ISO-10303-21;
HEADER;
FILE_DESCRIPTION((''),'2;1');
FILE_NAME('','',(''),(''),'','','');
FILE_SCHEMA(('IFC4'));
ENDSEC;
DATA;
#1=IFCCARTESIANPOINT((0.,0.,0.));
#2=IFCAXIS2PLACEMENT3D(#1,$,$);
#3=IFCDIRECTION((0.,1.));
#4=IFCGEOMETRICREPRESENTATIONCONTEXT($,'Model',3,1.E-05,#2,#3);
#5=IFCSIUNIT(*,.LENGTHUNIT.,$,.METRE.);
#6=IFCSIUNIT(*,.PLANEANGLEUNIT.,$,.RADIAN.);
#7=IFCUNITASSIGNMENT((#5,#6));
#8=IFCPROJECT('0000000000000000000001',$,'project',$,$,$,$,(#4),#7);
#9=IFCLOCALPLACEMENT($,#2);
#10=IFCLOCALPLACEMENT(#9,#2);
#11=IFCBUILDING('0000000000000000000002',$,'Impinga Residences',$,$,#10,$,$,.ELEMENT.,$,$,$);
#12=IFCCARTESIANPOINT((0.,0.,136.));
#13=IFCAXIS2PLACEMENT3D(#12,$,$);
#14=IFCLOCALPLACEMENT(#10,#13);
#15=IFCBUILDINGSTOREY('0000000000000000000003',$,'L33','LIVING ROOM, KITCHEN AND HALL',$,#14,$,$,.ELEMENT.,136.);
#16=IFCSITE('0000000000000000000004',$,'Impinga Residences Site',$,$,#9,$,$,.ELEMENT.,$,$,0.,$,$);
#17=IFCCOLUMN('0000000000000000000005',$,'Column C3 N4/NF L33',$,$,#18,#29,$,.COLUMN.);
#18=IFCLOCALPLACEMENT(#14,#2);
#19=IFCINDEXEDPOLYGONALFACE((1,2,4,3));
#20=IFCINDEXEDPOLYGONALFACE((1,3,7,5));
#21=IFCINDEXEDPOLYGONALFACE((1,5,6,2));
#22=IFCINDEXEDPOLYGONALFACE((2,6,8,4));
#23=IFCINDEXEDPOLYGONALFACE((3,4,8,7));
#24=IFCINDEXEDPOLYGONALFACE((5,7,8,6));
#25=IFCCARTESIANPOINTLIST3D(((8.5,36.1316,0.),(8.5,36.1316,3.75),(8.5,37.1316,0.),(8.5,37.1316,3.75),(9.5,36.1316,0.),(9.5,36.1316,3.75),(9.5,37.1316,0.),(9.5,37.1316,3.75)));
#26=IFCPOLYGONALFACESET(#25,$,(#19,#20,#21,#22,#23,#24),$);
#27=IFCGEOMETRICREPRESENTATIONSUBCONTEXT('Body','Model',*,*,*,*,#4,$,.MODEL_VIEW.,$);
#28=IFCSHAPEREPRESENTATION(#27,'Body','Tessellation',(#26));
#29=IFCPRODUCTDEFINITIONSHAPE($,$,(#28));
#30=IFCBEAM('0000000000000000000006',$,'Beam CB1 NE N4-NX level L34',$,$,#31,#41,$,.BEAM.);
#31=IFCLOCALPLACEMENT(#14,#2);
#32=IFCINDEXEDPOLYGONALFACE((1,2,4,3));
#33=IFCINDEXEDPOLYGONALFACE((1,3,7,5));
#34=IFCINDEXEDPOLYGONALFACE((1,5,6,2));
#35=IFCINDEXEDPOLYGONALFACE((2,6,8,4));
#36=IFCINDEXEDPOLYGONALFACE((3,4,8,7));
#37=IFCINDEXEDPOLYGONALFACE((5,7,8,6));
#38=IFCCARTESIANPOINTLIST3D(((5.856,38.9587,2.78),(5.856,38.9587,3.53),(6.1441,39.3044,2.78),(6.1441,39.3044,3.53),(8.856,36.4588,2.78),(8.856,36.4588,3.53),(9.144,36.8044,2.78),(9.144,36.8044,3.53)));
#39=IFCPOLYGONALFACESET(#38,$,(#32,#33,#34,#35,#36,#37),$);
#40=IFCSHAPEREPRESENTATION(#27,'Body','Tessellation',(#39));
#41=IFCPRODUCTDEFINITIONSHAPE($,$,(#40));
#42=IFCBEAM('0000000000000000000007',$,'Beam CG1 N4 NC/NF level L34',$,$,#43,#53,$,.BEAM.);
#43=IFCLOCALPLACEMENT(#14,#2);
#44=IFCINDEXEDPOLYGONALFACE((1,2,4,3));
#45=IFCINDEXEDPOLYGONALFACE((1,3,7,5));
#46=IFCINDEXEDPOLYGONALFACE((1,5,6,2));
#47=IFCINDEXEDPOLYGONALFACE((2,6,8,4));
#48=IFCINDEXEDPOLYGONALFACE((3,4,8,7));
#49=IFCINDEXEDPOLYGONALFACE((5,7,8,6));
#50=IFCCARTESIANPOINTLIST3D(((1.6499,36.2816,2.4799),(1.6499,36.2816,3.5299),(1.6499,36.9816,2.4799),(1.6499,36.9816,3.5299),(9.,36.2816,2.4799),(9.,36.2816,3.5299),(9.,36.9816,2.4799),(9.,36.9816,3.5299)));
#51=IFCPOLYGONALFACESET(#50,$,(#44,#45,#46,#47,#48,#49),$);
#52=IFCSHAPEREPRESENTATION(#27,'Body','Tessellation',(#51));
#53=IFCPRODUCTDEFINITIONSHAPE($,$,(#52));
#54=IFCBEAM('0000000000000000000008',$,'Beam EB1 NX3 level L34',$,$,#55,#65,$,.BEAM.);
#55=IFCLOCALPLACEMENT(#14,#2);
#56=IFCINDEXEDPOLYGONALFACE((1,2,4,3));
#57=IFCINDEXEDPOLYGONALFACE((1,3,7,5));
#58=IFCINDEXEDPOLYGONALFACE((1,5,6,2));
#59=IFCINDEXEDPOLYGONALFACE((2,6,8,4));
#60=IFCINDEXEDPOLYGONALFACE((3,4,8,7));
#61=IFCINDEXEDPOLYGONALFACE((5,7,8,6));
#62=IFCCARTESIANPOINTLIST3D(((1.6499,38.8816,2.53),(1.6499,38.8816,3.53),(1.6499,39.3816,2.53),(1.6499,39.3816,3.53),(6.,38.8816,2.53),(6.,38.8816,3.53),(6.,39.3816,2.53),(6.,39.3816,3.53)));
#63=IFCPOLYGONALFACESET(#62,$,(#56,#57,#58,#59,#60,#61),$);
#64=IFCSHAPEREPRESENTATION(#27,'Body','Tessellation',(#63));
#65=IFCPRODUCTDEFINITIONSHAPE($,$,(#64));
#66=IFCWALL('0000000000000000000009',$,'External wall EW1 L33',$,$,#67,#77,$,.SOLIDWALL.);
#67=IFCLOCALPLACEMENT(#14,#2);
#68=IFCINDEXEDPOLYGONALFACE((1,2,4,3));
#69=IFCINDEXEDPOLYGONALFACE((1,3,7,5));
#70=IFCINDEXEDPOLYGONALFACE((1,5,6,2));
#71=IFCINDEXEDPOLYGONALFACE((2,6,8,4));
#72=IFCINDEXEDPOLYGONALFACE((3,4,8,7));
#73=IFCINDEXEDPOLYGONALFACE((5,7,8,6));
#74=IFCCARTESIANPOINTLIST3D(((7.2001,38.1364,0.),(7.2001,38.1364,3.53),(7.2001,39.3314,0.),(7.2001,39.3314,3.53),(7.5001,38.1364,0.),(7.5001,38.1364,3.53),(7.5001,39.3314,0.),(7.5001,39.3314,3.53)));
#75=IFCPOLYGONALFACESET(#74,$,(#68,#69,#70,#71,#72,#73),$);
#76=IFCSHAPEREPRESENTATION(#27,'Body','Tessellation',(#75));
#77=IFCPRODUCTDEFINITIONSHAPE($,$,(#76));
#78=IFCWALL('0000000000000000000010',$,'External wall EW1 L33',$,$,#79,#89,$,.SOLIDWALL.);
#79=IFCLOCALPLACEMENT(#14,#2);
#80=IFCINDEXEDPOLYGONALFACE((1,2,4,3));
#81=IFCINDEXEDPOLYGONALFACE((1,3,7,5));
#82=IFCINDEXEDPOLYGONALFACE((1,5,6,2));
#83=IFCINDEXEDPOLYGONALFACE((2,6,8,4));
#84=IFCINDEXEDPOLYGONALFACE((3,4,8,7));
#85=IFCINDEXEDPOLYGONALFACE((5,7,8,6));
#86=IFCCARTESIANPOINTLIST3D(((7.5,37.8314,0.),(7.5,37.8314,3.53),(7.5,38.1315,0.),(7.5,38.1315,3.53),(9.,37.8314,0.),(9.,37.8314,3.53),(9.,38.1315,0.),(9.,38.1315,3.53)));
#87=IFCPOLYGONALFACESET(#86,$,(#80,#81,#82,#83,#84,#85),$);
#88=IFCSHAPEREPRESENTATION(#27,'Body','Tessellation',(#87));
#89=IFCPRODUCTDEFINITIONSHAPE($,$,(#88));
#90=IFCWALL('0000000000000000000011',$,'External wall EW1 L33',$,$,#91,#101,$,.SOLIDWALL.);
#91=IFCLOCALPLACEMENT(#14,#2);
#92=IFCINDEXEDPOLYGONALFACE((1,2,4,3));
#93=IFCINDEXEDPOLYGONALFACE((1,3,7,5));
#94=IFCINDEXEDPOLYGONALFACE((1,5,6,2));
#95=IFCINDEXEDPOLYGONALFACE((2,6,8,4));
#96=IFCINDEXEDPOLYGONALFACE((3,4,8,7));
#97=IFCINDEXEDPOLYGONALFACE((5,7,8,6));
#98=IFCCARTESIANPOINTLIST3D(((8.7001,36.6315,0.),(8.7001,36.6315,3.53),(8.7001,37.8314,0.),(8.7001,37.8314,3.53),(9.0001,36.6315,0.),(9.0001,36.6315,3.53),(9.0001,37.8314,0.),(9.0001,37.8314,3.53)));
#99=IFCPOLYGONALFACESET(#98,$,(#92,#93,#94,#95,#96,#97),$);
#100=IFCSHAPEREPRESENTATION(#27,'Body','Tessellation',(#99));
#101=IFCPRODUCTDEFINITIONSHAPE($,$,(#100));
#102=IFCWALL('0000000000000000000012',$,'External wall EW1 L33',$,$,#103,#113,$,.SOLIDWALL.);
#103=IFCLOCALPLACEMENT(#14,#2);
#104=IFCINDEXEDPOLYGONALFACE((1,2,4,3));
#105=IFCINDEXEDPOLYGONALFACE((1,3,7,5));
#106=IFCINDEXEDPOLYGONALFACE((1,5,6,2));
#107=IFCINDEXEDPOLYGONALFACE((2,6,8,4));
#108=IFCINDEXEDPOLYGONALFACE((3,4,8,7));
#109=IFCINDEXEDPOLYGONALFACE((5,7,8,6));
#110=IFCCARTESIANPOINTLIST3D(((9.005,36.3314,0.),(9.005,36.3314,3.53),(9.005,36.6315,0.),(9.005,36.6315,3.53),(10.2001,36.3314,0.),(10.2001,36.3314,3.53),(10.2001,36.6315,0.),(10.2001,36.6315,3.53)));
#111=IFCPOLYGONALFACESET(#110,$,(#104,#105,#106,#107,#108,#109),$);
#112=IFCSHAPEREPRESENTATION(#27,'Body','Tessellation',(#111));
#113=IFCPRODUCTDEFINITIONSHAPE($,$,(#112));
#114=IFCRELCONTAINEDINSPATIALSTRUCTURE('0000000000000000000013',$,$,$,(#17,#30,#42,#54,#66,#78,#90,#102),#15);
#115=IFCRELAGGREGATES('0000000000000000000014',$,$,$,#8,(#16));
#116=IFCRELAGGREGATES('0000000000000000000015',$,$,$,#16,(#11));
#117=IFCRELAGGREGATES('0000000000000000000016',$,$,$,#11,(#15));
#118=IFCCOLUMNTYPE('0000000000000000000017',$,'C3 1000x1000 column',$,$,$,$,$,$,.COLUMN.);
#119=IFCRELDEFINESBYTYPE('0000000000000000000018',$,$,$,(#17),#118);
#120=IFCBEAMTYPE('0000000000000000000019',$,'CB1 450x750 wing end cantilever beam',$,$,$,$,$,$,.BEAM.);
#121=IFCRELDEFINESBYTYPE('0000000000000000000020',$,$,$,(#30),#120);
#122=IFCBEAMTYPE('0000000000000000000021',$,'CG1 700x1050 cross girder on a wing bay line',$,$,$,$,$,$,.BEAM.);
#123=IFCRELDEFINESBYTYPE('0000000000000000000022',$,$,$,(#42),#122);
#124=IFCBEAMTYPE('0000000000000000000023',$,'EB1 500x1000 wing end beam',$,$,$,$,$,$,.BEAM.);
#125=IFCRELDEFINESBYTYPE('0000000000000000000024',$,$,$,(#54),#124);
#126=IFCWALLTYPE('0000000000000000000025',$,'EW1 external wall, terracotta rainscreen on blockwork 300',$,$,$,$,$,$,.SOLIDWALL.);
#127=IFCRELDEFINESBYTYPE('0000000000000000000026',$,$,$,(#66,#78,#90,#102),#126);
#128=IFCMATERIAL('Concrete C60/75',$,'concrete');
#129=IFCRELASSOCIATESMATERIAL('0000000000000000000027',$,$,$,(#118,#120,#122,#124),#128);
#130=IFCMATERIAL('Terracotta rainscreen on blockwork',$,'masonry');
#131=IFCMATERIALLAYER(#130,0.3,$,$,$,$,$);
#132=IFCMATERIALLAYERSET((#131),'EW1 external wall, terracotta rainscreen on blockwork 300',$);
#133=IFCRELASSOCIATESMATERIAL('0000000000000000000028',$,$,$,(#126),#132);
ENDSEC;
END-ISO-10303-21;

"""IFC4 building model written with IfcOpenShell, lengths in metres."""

from ifc_helpers import new_model, si_unit, direction, frame, frame_2d, origin, origin_2d, place, context, subcontext, project, spatial, rectangle, extrude, material, layer, layer_set, material_profile, profile_set, type_object, element, save


model = new_model("IFC4")

# Units and contexts
model_context = context("Model", 3, precision=1e-05, world=origin(), true_north=direction((0.0, 1.0)))
body_context = subcontext(model_context, "Body", "Model", "MODEL_VIEW")
ifc_project = project(units=[si_unit("LENGTHUNIT", "METRE"), si_unit("PLANEANGLEUNIT", "RADIAN")], contexts=[model_context])

# Site, building, storey
site_placement = place(None, origin())
site = spatial("IfcSite", under=ifc_project, at=site_placement, Name="Impinga Residences Site", CompositionType="ELEMENT", RefElevation=0.0)
building_placement = place(site_placement, origin())
building = spatial("IfcBuilding", under=site, at=building_placement, Name="Impinga Residences", CompositionType="ELEMENT")
storey_placement = place(building_placement, frame((0.0, 0.0, 136.0)))
storey = spatial("IfcBuildingStorey", under=building, at=storey_placement, Name="L33", Description="LIVING ROOM, KITCHEN AND HALL", CompositionType="ELEMENT", Elevation=136.0)

# Column
ifc_material_1 = material(Name="Concrete C60/75", Category="concrete")
ifc_material_profile_1 = material_profile(ifc_material_1, rectangle(XDim=1.0, YDim=1.0, at=origin_2d()), Name="RC 1000x1000")
ifc_profile_set_1 = profile_set([ifc_material_profile_1], Name="Concrete C60/75")
column_type = type_object("IfcColumnType", Name="C3 1000x1000 column", PredefinedType="COLUMN", material=ifc_profile_set_1)
column_placement = place(storey_placement, frame((9.0, 36.6316, 0.0), z_axis=(0.0, 0.0, 1.0), x_axis=(1.0, 0.0, 0.0)))
element("IfcColumn", 1, at=column_placement, inside=storey, type_object=column_type, Name="Column C3 N4/NF L33", PredefinedType="COLUMN", context=body_context, shape_type="SweptSolid", body=[
    extrude(rectangle(XDim=1.0, YDim=1.0, at=origin_2d()), origin(), (0.0, 0.0, 1.0), 3.75),
])

# Beams
ifc_material_profile_2 = material_profile(ifc_material_1, rectangle(XDim=0.45, YDim=0.75, at=origin_2d()), Name="RC 450x750")
ifc_profile_set_2 = profile_set([ifc_material_profile_2], Name="Concrete C60/75")
beam_type_1 = type_object("IfcBeamType", Name="CB1 450x750 wing end cantilever beam", PredefinedType="BEAM", material=ifc_profile_set_2)
beam_1_placement = place(storey_placement, frame((9.0, 36.6316, 3.155), z_axis=(-0.768221, 0.640184, 0.0), x_axis=(-0.640184, -0.768221, 0.0)))
element("IfcBeam", 2, at=beam_1_placement, inside=storey, type_object=beam_type_1, Name="Beam CB1 NE N4-NX level L34", PredefinedType="BEAM", context=body_context, shape_type="SweptSolid", body=[
    extrude(rectangle(XDim=0.45, YDim=0.75, at=origin_2d()), origin(), (0.0, 0.0, 1.0), 3.905),
])
ifc_material_profile_3 = material_profile(ifc_material_1, rectangle(XDim=0.7, YDim=1.05, at=origin_2d()), Name="RC 700x1050")
ifc_profile_set_3 = profile_set([ifc_material_profile_3], Name="Concrete C60/75")
beam_type_2 = type_object("IfcBeamType", Name="CG1 700x1050 cross girder on a wing bay line", PredefinedType="BEAM", material=ifc_profile_set_3)
beam_2_placement = place(storey_placement, frame((1.6499, 36.6316, 3.0049), z_axis=(1.0, 0.0, 0.0), x_axis=(0.0, 1.0, 0.0)))
element("IfcBeam", 3, at=beam_2_placement, inside=storey, type_object=beam_type_2, Name="Beam CG1 N4 NC/NF level L34", PredefinedType="BEAM", context=body_context, shape_type="SweptSolid", body=[
    extrude(rectangle(XDim=0.7, YDim=1.05, at=origin_2d()), origin(), (0.0, 0.0, 1.0), 7.3501),
])
ifc_material_profile_4 = material_profile(ifc_material_1, rectangle(XDim=0.5, YDim=1.0, at=origin_2d()), Name="RC 500x1000")
ifc_profile_set_4 = profile_set([ifc_material_profile_4], Name="Concrete C60/75")
beam_type_3 = type_object("IfcBeamType", Name="EB1 500x1000 wing end beam", PredefinedType="BEAM", material=ifc_profile_set_4)
beam_3_placement = place(storey_placement, frame((1.6499, 39.1316, 3.03), z_axis=(1.0, 0.0, 0.0), x_axis=(0.0, 1.0, 0.0)))
element("IfcBeam", 4, at=beam_3_placement, inside=storey, type_object=beam_type_3, Name="Beam EB1 NX3 level L34", PredefinedType="BEAM", context=body_context, shape_type="SweptSolid", body=[
    extrude(rectangle(XDim=0.5, YDim=1.0, at=origin_2d()), origin(), (0.0, 0.0, 1.0), 4.3501),
])

# Walls
ifc_material_2 = material(Name="Terracotta rainscreen on blockwork", Category="masonry")
ifc_layer_1 = layer(ifc_material_2, 0.3)
ifc_layer_set_1 = layer_set([ifc_layer_1], Name="EW1 external wall, terracotta rainscreen on blockwork 300")
wall_type_1 = type_object("IfcWallType", Name="EW1 external wall, terracotta rainscreen on blockwork 300", PredefinedType="SOLIDWALL", material=ifc_layer_set_1)
wall_1_placement = place(storey_placement, frame((7.3501, 39.3315, 0.0), z_axis=(0.0, 0.0, 1.0), x_axis=(0.0, -1.0, 0.0)))
element("IfcWall", 5, at=wall_1_placement, inside=storey, type_object=wall_type_1, Name="External wall EW1 L33", PredefinedType="SOLIDWALL", context=body_context, shape_type="SweptSolid", body=[
    extrude(rectangle(XDim=1.1951, YDim=0.3, at=frame_2d((0.5977, 0.0))), origin(), (0.0, 0.0, 1.0), 3.53),
])
wall_2_placement = place(storey_placement, frame((7.5, 37.9814, 0.0), z_axis=(0.0, 0.0, 1.0), x_axis=(1.0, 0.0, 0.0)))
element("IfcWall", 6, at=wall_2_placement, inside=storey, type_object=wall_type_1, Name="External wall EW1 L33", PredefinedType="SOLIDWALL", context=body_context, shape_type="SweptSolid", body=[
    extrude(rectangle(XDim=1.5, YDim=0.3, at=frame_2d((0.75, 0.0))), origin(), (0.0, 0.0, 1.0), 3.53),
])
wall_3_placement = place(storey_placement, frame((8.8501, 37.8315, 0.0), z_axis=(0.0, 0.0, 1.0), x_axis=(0.0, -1.0, 0.0)))
element("IfcWall", 7, at=wall_3_placement, inside=storey, type_object=wall_type_1, Name="External wall EW1 L33", PredefinedType="SOLIDWALL", context=body_context, shape_type="SweptSolid", body=[
    extrude(rectangle(XDim=1.2, YDim=0.3, at=frame_2d((0.6001, 0.0))), origin(), (0.0, 0.0, 1.0), 3.53),
])
wall_4_placement = place(storey_placement, frame((9.0049, 36.4814, 0.0), z_axis=(0.0, 0.0, 1.0), x_axis=(1.0, 0.0, 0.0)))
element("IfcWall", 8, at=wall_4_placement, inside=storey, type_object=wall_type_1, Name="External wall EW1 L33", PredefinedType="SOLIDWALL", context=body_context, shape_type="SweptSolid", body=[
    extrude(rectangle(XDim=1.1951, YDim=0.3, at=frame_2d((0.5977, 0.0))), origin(), (0.0, 0.0, 1.0), 3.53),
])

save(model, "model.ifc")
